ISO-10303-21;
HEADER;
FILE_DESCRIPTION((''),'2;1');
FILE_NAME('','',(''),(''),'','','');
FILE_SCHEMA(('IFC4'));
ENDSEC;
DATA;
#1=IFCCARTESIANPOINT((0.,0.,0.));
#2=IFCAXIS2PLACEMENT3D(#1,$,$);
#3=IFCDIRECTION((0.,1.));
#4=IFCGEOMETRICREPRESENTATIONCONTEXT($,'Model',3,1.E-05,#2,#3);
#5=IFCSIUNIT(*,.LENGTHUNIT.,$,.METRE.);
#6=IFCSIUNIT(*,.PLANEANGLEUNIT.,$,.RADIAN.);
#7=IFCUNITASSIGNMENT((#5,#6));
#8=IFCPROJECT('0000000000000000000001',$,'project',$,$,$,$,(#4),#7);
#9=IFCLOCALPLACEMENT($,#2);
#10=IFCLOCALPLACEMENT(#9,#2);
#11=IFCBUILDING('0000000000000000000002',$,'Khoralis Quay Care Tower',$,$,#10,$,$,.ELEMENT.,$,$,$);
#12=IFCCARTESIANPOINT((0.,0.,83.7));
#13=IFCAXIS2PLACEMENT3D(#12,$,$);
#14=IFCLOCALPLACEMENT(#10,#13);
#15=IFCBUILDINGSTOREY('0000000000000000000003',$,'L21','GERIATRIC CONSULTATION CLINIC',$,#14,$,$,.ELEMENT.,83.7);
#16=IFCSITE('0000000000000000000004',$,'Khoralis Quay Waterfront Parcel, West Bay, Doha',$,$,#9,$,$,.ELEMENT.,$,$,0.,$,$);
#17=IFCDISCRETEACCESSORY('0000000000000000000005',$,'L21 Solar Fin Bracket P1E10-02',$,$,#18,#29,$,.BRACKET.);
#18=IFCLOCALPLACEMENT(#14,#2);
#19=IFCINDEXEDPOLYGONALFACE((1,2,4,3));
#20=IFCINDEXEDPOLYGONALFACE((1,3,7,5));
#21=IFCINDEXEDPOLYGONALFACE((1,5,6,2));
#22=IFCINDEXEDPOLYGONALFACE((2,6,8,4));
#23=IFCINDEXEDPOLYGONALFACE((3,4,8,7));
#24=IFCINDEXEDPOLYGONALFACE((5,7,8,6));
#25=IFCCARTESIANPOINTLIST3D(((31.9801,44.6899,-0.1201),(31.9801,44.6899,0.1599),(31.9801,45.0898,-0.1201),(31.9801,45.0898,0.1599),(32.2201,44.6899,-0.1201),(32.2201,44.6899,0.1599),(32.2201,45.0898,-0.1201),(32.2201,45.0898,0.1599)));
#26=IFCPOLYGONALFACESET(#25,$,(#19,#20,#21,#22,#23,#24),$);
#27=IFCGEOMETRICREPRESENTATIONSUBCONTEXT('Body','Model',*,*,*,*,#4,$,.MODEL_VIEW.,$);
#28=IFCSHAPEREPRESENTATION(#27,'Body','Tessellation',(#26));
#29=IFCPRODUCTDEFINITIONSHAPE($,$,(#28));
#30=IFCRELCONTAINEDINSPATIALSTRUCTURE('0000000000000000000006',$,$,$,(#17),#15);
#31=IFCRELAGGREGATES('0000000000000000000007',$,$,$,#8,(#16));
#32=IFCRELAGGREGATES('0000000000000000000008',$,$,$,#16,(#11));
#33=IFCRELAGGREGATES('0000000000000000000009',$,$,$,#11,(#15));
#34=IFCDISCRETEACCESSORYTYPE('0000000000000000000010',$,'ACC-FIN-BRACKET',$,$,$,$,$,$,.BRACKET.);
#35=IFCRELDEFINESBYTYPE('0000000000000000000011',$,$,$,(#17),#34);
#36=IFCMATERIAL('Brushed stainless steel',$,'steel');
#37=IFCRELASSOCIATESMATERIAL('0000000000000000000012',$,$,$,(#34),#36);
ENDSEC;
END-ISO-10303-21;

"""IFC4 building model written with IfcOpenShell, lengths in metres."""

from ifc_helpers import new_model, si_unit, direction, frame, origin, origin_2d, place, context, subcontext, project, spatial, rectangle, extrude, source, transform, mapped, material, type_object, element, save


model = new_model("IFC4")

# Units and contexts
model_context = context("Model", 3, precision=1e-05, world=origin(), true_north=direction((0.0, 1.0)))
body_context = subcontext(model_context, "Body", "Model", "MODEL_VIEW")
ifc_project = project(units=[si_unit("LENGTHUNIT", "METRE"), si_unit("PLANEANGLEUNIT", "RADIAN")], contexts=[model_context])

# Site, building, storey
site_placement = place(None, origin())
site = spatial("IfcSite", under=ifc_project, at=site_placement, Name="Khoralis Quay Waterfront Parcel, West Bay, Doha", CompositionType="ELEMENT", RefElevation=0.0)
building_placement = place(site_placement, origin())
building = spatial("IfcBuilding", under=site, at=building_placement, Name="Khoralis Quay Care Tower", CompositionType="ELEMENT")
storey_placement = place(building_placement, frame((0.0, 0.0, 83.7)))
storey = spatial("IfcBuildingStorey", under=building, at=storey_placement, Name="L21", Description="GERIATRIC CONSULTATION CLINIC", CompositionType="ELEMENT", Elevation=83.7)

# Discrete accessory
ifc_material_1 = material(Name="Brushed stainless steel", Category="steel")
discrete_accessory_type = type_object("IfcDiscreteAccessoryType", Name="ACC-FIN-BRACKET", PredefinedType="BRACKET", material=ifc_material_1)
shared_shape_1 = source(origin(), body_context, "Body", "SweptSolid", [
    extrude(rectangle(XDim=0.3999, YDim=0.24, at=origin_2d()), origin(), (0.0, 0.0, 1.0), 0.28),
])
for number, where, z_axis, x_axis, name in (
    (1, (32.1001, 44.8899, -0.1201), (0.0, 0.0, 1.0), (0.0, 1.0, 0.0), "L21 Solar Fin Bracket P1E10-02"),
):
    element("IfcDiscreteAccessory", number, at=place(storey_placement, frame(where, z_axis=z_axis, x_axis=x_axis)), inside=storey, type_object=discrete_accessory_type, Name=name, PredefinedType="BRACKET", context=body_context, shape_type="MappedRepresentation", body=[
        mapped(shared_shape_1, transform((0.0, 0.0, 0.0), scale=1.0)),
    ])

save(model, "model.ifc")
